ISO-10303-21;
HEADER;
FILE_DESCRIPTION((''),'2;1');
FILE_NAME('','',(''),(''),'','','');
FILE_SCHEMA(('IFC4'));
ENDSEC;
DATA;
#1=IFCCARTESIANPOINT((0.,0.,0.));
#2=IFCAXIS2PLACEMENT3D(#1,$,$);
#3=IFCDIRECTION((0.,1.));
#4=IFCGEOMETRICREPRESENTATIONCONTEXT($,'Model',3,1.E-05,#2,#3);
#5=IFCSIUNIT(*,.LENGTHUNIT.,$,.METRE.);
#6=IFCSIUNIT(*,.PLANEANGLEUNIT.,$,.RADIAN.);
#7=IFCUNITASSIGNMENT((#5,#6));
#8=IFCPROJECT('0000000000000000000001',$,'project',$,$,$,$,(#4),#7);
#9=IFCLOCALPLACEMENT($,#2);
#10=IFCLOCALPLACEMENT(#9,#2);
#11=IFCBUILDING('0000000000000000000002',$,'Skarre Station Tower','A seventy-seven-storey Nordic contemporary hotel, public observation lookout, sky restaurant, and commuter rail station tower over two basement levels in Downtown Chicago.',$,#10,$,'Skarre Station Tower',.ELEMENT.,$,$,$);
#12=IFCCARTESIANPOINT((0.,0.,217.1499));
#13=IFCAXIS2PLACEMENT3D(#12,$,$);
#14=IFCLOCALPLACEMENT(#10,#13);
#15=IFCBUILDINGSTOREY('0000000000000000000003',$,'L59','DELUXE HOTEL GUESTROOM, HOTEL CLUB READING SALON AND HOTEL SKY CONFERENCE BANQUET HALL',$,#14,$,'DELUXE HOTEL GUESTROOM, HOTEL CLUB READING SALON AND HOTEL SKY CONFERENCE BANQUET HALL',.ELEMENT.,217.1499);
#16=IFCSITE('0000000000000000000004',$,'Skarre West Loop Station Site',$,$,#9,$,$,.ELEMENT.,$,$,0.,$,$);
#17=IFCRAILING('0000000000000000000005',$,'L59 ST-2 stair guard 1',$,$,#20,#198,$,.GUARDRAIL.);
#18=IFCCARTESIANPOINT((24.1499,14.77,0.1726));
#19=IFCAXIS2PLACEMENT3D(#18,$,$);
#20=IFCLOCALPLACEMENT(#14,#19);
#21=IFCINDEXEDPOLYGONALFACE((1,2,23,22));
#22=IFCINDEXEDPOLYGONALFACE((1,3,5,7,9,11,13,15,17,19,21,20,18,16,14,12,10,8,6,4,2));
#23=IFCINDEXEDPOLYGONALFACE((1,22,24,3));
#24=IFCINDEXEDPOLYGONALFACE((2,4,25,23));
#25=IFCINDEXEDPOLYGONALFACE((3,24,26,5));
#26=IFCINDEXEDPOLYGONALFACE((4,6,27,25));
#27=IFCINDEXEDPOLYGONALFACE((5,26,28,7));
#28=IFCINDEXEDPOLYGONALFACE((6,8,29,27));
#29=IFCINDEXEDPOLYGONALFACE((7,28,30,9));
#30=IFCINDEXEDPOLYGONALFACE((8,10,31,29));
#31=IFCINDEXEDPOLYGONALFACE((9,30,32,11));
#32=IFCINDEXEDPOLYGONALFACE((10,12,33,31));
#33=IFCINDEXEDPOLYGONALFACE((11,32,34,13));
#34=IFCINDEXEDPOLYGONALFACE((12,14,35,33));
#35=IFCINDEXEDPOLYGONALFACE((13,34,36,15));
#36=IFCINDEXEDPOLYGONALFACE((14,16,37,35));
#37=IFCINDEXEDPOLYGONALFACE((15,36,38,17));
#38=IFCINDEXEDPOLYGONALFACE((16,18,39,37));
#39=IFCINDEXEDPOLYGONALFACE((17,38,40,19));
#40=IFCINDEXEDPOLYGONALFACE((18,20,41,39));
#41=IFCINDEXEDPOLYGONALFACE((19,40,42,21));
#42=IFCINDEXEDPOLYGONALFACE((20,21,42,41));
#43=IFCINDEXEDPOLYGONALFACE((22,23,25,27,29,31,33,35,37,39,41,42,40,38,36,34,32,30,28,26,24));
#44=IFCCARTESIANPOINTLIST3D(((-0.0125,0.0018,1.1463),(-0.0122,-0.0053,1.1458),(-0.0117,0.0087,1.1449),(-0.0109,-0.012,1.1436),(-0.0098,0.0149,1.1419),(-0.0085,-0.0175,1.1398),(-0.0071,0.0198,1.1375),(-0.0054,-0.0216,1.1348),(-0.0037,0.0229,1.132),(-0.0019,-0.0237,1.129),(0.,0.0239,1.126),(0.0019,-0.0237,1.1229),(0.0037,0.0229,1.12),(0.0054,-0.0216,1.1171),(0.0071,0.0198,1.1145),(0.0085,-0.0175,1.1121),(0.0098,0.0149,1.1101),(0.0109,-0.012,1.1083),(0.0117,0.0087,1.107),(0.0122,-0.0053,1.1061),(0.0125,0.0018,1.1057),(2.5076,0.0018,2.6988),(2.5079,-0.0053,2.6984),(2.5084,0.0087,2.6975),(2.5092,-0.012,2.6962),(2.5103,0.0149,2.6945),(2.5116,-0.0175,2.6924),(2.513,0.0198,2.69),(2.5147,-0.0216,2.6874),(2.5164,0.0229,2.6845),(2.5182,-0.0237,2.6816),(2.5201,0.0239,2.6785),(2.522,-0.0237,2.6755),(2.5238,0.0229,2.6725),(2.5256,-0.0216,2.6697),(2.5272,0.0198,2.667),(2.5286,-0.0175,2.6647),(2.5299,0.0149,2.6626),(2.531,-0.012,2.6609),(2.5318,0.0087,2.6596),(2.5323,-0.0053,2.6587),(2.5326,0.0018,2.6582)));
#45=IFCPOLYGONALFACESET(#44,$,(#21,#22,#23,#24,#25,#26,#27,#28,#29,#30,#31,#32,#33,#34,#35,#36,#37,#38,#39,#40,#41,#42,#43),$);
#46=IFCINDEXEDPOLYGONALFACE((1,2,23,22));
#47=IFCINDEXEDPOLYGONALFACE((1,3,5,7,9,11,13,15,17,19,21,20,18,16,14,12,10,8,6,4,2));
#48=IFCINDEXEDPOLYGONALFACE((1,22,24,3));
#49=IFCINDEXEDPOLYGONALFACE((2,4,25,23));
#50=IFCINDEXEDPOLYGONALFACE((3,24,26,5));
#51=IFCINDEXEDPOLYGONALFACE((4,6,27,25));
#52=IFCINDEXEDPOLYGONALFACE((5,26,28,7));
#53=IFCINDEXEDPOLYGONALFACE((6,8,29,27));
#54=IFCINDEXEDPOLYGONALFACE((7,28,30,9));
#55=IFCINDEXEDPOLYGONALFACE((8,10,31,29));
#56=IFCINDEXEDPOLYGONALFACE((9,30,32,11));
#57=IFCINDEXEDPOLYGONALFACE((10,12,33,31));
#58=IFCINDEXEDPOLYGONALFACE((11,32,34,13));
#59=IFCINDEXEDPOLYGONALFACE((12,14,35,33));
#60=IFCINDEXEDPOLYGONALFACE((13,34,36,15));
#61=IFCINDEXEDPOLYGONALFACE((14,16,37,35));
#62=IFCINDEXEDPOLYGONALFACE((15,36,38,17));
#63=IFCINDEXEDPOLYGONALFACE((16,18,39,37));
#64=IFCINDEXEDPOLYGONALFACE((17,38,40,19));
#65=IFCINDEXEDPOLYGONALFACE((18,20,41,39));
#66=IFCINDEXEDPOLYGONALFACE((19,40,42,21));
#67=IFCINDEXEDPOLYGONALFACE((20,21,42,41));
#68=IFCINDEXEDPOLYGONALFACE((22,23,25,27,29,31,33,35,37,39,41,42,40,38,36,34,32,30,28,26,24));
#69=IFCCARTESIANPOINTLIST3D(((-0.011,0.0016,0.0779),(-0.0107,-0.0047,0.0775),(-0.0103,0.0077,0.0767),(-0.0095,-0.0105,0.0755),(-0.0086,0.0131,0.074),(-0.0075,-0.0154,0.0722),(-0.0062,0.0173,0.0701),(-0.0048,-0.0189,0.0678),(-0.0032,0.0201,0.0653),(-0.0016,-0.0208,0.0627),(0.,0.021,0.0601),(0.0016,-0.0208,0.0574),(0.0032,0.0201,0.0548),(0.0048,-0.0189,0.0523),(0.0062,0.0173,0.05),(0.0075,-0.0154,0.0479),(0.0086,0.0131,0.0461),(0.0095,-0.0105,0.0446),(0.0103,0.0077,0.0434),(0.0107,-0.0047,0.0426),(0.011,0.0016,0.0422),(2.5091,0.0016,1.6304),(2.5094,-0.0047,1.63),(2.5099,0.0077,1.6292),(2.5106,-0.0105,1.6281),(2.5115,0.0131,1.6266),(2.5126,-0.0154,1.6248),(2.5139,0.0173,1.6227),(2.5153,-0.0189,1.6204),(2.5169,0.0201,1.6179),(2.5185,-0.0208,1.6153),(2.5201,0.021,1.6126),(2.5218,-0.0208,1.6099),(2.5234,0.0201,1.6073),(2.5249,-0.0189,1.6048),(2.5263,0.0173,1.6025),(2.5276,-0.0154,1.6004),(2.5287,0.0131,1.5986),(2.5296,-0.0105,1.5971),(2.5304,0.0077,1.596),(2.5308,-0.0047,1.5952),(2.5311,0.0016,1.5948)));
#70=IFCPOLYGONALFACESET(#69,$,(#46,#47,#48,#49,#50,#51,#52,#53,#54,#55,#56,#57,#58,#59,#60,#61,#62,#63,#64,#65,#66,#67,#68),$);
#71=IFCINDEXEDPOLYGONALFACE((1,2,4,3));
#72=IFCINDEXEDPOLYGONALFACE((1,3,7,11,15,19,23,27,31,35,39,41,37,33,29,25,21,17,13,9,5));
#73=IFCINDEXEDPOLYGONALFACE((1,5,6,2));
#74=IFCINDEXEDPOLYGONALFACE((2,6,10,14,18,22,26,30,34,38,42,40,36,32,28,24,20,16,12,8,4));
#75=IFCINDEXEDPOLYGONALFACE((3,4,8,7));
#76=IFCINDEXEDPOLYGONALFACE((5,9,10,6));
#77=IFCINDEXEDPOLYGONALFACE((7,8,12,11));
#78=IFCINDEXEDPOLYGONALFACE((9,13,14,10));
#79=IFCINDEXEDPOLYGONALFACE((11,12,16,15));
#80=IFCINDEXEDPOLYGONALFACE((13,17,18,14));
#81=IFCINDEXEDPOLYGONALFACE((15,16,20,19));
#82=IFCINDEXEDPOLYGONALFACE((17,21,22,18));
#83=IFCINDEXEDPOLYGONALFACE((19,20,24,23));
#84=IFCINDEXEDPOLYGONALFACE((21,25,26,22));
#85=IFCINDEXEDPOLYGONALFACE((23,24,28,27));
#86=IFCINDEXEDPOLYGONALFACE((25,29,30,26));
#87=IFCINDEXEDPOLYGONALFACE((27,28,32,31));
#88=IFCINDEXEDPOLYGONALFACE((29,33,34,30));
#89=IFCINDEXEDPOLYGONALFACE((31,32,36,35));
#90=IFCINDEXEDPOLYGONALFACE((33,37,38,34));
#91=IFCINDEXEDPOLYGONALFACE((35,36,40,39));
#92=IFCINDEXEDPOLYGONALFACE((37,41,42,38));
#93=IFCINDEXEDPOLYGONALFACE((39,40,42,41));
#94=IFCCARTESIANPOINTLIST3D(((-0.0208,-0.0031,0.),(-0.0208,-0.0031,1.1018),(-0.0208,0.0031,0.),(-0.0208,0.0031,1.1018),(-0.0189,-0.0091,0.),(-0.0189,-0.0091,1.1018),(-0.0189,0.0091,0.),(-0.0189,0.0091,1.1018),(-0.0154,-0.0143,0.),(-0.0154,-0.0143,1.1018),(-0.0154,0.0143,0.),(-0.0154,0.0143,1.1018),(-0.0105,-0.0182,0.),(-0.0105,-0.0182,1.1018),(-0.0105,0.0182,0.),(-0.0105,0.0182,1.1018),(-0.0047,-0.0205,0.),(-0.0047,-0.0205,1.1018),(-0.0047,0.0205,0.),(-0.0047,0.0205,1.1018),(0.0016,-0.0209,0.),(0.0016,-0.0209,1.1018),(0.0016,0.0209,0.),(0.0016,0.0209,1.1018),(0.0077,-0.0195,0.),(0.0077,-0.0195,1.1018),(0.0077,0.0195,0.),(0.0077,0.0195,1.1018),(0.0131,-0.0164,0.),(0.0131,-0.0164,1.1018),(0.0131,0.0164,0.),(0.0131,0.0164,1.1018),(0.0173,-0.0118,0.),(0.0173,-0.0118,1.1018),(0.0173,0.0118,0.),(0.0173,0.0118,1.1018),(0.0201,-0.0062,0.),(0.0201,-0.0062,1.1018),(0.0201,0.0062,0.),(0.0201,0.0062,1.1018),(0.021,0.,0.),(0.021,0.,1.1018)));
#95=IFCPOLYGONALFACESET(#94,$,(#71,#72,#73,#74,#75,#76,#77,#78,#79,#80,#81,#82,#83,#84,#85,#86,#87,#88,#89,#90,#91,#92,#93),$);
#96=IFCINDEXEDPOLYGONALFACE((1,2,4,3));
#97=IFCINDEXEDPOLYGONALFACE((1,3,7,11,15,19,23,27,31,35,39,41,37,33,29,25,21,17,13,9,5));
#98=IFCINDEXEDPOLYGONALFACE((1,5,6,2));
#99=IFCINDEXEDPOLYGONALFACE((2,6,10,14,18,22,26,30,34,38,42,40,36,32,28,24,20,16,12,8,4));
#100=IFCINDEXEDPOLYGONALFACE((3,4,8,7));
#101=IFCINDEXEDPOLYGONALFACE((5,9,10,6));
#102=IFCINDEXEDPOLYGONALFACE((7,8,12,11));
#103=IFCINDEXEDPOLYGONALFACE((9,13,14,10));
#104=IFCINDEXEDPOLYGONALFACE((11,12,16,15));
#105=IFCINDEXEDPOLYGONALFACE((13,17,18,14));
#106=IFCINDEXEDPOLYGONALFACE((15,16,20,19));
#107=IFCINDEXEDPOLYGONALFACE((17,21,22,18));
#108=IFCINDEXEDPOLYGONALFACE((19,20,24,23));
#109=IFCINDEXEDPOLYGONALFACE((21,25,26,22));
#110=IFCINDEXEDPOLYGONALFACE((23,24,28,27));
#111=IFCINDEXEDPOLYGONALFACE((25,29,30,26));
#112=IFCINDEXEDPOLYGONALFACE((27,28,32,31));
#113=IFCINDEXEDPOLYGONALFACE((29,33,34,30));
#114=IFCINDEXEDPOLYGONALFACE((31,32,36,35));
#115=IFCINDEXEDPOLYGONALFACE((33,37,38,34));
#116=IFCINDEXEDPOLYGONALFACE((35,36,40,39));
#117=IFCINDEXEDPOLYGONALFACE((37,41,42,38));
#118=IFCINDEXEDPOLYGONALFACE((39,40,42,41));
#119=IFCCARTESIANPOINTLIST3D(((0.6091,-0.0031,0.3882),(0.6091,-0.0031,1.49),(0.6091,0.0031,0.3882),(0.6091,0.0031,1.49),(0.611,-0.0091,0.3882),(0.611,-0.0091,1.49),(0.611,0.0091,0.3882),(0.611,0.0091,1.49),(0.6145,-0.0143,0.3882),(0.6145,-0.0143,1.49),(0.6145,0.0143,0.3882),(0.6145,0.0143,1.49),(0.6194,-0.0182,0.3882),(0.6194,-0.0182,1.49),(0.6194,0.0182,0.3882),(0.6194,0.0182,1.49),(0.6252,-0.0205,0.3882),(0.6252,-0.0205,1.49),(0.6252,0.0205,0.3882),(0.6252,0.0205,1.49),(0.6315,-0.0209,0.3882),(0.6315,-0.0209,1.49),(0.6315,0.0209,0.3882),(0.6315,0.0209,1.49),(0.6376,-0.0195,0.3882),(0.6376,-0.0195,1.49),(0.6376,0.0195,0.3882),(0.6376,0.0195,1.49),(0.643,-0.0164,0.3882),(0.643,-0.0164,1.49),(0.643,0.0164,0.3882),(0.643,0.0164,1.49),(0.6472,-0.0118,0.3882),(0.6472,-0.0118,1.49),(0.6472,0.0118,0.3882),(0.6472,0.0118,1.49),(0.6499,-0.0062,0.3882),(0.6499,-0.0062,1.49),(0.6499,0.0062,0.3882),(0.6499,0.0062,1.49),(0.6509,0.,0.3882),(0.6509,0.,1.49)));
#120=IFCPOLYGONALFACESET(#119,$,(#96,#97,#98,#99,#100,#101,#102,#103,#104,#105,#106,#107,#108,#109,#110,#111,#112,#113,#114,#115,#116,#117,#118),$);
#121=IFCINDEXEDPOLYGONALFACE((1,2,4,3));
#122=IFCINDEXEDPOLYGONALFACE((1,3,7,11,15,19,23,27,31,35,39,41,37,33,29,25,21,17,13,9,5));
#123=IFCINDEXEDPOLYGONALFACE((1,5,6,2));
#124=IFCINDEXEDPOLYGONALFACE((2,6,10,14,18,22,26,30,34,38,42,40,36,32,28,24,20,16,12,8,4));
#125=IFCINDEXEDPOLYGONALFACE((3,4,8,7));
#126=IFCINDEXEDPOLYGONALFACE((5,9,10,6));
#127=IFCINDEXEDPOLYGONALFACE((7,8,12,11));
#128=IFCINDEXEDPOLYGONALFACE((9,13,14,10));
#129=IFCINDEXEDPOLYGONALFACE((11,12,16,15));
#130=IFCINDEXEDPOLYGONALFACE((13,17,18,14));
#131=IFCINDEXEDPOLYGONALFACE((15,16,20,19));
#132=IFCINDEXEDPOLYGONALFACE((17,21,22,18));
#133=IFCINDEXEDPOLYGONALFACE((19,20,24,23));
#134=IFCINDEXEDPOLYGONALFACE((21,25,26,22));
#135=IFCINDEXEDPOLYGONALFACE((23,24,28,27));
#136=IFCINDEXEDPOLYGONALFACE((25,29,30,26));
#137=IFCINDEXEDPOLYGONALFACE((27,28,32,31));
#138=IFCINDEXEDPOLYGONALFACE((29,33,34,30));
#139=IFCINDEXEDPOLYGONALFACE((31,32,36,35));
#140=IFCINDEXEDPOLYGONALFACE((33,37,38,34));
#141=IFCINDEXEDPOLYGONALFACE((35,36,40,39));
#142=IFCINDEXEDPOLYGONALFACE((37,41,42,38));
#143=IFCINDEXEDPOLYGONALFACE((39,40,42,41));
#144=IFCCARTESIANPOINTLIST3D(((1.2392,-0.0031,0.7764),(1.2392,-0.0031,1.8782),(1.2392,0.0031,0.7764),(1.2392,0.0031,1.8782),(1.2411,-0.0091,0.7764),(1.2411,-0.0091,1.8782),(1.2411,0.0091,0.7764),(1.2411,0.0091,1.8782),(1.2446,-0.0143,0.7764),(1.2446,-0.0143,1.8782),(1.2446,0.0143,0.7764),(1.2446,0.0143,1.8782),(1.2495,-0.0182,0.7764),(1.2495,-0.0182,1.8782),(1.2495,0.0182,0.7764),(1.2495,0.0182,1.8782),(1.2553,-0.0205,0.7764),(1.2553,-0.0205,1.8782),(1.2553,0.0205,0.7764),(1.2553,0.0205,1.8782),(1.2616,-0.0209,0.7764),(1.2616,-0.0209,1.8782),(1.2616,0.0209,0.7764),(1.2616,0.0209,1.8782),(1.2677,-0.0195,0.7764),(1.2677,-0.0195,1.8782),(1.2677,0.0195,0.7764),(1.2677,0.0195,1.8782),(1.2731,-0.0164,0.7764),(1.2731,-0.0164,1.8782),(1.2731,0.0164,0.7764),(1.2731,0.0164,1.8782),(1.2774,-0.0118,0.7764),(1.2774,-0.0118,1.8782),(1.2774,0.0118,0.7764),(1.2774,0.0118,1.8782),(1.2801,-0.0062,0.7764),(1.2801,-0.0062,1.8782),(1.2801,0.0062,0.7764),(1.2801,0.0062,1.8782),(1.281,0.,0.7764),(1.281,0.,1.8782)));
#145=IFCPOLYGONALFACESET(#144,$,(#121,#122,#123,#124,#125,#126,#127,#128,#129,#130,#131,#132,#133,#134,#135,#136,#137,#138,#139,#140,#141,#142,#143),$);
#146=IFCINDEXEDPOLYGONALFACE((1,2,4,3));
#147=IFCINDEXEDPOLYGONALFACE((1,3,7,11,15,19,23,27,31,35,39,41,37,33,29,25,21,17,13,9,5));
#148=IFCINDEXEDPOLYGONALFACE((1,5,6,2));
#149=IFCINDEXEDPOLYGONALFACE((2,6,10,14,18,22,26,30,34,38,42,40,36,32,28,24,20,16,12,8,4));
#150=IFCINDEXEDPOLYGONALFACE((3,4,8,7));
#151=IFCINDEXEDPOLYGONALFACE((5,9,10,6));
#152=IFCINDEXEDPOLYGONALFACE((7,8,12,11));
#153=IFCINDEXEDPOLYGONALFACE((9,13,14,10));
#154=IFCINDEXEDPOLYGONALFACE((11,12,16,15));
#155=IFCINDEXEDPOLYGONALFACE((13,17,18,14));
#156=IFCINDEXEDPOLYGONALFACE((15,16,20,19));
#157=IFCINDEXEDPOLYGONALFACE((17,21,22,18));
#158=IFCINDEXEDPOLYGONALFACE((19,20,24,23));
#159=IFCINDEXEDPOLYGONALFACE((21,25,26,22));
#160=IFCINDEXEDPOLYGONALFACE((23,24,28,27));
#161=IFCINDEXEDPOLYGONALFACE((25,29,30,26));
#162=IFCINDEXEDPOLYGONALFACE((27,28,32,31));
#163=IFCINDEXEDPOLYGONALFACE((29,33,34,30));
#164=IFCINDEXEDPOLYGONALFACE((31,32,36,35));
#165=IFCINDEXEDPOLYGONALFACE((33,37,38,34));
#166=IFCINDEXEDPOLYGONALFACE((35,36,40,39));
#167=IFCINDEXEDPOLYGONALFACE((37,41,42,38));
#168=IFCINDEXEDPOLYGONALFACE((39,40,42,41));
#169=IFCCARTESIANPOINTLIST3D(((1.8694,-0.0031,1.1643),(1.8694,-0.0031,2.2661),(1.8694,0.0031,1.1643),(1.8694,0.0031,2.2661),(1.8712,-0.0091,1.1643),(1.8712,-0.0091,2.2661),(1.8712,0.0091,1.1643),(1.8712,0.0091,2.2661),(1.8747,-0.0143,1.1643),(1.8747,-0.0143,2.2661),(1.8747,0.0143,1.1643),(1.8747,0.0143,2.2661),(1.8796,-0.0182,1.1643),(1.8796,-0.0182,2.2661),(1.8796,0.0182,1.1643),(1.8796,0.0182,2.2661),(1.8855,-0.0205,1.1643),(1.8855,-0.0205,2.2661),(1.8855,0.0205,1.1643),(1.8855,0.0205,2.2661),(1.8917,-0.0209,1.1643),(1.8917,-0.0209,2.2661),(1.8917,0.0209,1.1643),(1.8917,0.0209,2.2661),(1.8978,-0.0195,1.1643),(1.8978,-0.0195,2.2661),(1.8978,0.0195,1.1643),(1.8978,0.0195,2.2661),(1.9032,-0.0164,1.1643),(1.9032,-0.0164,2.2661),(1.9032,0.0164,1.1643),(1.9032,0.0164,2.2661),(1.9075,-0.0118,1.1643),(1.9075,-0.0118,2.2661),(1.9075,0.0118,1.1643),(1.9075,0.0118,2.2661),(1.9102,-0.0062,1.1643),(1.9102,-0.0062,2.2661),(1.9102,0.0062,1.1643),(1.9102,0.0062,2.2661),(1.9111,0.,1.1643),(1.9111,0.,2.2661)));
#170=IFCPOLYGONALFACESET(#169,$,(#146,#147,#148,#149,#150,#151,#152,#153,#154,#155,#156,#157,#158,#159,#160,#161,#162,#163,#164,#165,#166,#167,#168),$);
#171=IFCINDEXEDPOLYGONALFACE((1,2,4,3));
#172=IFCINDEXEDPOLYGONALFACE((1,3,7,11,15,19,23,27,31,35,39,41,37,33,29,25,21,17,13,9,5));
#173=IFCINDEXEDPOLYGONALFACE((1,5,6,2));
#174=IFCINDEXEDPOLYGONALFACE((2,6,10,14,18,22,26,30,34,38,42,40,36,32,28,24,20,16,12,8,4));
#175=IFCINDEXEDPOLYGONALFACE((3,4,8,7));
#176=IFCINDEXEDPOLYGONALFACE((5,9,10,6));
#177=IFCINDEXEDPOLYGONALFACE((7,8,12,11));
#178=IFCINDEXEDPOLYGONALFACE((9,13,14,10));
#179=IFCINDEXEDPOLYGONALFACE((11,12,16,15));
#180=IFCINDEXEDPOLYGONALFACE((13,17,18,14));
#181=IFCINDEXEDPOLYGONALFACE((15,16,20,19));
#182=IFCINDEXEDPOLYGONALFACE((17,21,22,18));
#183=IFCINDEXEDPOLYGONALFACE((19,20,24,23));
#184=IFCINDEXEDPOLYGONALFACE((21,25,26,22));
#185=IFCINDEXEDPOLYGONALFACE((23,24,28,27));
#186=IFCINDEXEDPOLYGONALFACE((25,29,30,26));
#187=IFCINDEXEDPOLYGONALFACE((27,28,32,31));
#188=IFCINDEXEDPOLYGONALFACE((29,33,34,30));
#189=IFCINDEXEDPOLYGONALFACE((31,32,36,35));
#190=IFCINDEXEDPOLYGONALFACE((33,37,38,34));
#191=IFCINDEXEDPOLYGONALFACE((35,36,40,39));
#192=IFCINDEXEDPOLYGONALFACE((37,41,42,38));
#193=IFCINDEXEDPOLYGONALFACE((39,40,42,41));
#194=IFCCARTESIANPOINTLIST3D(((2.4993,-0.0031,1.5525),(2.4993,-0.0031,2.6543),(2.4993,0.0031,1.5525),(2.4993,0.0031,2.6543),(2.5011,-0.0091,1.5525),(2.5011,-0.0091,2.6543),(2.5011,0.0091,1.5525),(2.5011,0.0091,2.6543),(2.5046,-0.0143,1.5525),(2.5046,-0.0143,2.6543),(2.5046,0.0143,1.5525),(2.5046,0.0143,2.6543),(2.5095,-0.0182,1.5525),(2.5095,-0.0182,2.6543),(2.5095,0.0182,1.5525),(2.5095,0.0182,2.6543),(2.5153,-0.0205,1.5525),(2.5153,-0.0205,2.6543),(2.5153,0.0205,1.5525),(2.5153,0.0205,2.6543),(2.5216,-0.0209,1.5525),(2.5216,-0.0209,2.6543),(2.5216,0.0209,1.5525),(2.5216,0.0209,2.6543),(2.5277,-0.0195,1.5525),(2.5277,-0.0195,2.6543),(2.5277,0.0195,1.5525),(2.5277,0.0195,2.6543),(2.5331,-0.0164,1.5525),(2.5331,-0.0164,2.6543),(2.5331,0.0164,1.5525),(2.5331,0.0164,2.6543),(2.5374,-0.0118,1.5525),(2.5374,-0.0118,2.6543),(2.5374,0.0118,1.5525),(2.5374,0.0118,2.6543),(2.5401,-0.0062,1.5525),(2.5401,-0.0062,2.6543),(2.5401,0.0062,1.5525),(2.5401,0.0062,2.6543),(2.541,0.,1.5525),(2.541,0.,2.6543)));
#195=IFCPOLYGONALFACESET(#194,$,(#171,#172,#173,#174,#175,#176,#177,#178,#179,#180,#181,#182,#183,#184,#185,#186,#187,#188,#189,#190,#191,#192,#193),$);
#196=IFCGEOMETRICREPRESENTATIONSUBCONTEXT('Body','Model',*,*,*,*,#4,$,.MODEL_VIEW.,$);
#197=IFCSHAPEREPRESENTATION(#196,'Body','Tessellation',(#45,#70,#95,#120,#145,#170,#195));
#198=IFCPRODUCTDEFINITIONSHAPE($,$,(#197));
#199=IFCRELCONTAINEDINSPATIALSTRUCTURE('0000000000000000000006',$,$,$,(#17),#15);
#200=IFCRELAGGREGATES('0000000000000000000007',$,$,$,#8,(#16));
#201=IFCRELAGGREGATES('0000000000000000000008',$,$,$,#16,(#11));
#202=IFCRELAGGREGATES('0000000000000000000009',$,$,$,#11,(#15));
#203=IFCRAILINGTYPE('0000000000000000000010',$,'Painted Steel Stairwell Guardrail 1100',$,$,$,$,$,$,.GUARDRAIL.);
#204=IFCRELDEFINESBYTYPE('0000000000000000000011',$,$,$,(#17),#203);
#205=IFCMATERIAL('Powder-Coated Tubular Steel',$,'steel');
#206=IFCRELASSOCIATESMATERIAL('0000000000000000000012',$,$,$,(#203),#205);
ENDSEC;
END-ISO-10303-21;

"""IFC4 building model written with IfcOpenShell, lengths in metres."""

from ifc_helpers import new_model, si_unit, direction, frame, origin, origin_2d, place, context, subcontext, project, spatial, circle, extrude, material, type_object, element, save


model = new_model("IFC4")

# Units and contexts
model_context = context("Model", 3, precision=1e-05, world=origin(), true_north=direction((0.0, 1.0)))
body_context = subcontext(model_context, "Body", "Model", "MODEL_VIEW")
ifc_project = project(units=[si_unit("LENGTHUNIT", "METRE"), si_unit("PLANEANGLEUNIT", "RADIAN")], contexts=[model_context])

# Site, building, storey
site_placement = place(None, origin())
site = spatial("IfcSite", under=ifc_project, at=site_placement, Name="Skarre West Loop Station Site", CompositionType="ELEMENT", RefElevation=0.0)
building_placement = place(site_placement, origin())
building = spatial("IfcBuilding", under=site, at=building_placement, Name="Skarre Station Tower", Description="A seventy-seven-storey Nordic contemporary hotel, public observation lookout, sky restaurant, and commuter rail station tower over two basement levels in Downtown Chicago.", LongName="Skarre Station Tower", CompositionType="ELEMENT")
storey_placement = place(building_placement, frame((0.0, 0.0, 217.1499)))
storey = spatial("IfcBuildingStorey", under=building, at=storey_placement, Name="L59", Description="DELUXE HOTEL GUESTROOM, HOTEL CLUB READING SALON AND HOTEL SKY CONFERENCE BANQUET HALL", LongName="DELUXE HOTEL GUESTROOM, HOTEL CLUB READING SALON AND HOTEL SKY CONFERENCE BANQUET HALL", CompositionType="ELEMENT", Elevation=217.1499)

# Railing
ifc_material_1 = material(Name="Powder-Coated Tubular Steel", Category="steel")
railing_type_1 = type_object("IfcRailingType", Name="Painted Steel Stairwell Guardrail 1100", PredefinedType="GUARDRAIL", material=ifc_material_1)
railing_1_placement = place(storey_placement, frame((24.1499, 14.77, 0.1726)))
element("IfcRailing", 1, at=railing_1_placement, inside=storey, type_object=railing_type_1, Name="L59 ST-2 stair guard 1", PredefinedType="GUARDRAIL", context=body_context, shape_type="SweptSolid", body=[
    extrude(circle(Radius=0.0239, at=origin_2d()), frame((0.0, 0.0, 1.126), z_axis=(0.8514, 0.0, 0.524516), x_axis=(0.0, 1.0, 0.0)), (0.0, 0.0, 1.0), 2.96),
    extrude(circle(Radius=0.021, at=origin_2d()), frame((0.0, 0.0, 0.0601), z_axis=(0.8514, 0.0, 0.524516), x_axis=(0.0, 1.0, 0.0)), (0.0, 0.0, 1.0), 2.96),
    extrude(circle(Radius=0.021, at=origin_2d()), origin(), (0.0, 0.0, 1.0), 1.1018),
    extrude(circle(Radius=0.021, at=origin_2d()), frame((0.6299, 0.0, 0.3882)), (0.0, 0.0, 1.0), 1.1018),
    extrude(circle(Radius=0.021, at=origin_2d()), frame((1.26, 0.0, 0.7764)), (0.0, 0.0, 1.0), 1.1018),
    extrude(circle(Radius=0.021, at=origin_2d()), frame((1.8901, 0.0, 1.1643)), (0.0, 0.0, 1.0), 1.1018),
    extrude(circle(Radius=0.021, at=origin_2d()), frame((2.52, 0.0, 1.5525)), (0.0, 0.0, 1.0), 1.1018),
])

save(model, "model.ifc")
